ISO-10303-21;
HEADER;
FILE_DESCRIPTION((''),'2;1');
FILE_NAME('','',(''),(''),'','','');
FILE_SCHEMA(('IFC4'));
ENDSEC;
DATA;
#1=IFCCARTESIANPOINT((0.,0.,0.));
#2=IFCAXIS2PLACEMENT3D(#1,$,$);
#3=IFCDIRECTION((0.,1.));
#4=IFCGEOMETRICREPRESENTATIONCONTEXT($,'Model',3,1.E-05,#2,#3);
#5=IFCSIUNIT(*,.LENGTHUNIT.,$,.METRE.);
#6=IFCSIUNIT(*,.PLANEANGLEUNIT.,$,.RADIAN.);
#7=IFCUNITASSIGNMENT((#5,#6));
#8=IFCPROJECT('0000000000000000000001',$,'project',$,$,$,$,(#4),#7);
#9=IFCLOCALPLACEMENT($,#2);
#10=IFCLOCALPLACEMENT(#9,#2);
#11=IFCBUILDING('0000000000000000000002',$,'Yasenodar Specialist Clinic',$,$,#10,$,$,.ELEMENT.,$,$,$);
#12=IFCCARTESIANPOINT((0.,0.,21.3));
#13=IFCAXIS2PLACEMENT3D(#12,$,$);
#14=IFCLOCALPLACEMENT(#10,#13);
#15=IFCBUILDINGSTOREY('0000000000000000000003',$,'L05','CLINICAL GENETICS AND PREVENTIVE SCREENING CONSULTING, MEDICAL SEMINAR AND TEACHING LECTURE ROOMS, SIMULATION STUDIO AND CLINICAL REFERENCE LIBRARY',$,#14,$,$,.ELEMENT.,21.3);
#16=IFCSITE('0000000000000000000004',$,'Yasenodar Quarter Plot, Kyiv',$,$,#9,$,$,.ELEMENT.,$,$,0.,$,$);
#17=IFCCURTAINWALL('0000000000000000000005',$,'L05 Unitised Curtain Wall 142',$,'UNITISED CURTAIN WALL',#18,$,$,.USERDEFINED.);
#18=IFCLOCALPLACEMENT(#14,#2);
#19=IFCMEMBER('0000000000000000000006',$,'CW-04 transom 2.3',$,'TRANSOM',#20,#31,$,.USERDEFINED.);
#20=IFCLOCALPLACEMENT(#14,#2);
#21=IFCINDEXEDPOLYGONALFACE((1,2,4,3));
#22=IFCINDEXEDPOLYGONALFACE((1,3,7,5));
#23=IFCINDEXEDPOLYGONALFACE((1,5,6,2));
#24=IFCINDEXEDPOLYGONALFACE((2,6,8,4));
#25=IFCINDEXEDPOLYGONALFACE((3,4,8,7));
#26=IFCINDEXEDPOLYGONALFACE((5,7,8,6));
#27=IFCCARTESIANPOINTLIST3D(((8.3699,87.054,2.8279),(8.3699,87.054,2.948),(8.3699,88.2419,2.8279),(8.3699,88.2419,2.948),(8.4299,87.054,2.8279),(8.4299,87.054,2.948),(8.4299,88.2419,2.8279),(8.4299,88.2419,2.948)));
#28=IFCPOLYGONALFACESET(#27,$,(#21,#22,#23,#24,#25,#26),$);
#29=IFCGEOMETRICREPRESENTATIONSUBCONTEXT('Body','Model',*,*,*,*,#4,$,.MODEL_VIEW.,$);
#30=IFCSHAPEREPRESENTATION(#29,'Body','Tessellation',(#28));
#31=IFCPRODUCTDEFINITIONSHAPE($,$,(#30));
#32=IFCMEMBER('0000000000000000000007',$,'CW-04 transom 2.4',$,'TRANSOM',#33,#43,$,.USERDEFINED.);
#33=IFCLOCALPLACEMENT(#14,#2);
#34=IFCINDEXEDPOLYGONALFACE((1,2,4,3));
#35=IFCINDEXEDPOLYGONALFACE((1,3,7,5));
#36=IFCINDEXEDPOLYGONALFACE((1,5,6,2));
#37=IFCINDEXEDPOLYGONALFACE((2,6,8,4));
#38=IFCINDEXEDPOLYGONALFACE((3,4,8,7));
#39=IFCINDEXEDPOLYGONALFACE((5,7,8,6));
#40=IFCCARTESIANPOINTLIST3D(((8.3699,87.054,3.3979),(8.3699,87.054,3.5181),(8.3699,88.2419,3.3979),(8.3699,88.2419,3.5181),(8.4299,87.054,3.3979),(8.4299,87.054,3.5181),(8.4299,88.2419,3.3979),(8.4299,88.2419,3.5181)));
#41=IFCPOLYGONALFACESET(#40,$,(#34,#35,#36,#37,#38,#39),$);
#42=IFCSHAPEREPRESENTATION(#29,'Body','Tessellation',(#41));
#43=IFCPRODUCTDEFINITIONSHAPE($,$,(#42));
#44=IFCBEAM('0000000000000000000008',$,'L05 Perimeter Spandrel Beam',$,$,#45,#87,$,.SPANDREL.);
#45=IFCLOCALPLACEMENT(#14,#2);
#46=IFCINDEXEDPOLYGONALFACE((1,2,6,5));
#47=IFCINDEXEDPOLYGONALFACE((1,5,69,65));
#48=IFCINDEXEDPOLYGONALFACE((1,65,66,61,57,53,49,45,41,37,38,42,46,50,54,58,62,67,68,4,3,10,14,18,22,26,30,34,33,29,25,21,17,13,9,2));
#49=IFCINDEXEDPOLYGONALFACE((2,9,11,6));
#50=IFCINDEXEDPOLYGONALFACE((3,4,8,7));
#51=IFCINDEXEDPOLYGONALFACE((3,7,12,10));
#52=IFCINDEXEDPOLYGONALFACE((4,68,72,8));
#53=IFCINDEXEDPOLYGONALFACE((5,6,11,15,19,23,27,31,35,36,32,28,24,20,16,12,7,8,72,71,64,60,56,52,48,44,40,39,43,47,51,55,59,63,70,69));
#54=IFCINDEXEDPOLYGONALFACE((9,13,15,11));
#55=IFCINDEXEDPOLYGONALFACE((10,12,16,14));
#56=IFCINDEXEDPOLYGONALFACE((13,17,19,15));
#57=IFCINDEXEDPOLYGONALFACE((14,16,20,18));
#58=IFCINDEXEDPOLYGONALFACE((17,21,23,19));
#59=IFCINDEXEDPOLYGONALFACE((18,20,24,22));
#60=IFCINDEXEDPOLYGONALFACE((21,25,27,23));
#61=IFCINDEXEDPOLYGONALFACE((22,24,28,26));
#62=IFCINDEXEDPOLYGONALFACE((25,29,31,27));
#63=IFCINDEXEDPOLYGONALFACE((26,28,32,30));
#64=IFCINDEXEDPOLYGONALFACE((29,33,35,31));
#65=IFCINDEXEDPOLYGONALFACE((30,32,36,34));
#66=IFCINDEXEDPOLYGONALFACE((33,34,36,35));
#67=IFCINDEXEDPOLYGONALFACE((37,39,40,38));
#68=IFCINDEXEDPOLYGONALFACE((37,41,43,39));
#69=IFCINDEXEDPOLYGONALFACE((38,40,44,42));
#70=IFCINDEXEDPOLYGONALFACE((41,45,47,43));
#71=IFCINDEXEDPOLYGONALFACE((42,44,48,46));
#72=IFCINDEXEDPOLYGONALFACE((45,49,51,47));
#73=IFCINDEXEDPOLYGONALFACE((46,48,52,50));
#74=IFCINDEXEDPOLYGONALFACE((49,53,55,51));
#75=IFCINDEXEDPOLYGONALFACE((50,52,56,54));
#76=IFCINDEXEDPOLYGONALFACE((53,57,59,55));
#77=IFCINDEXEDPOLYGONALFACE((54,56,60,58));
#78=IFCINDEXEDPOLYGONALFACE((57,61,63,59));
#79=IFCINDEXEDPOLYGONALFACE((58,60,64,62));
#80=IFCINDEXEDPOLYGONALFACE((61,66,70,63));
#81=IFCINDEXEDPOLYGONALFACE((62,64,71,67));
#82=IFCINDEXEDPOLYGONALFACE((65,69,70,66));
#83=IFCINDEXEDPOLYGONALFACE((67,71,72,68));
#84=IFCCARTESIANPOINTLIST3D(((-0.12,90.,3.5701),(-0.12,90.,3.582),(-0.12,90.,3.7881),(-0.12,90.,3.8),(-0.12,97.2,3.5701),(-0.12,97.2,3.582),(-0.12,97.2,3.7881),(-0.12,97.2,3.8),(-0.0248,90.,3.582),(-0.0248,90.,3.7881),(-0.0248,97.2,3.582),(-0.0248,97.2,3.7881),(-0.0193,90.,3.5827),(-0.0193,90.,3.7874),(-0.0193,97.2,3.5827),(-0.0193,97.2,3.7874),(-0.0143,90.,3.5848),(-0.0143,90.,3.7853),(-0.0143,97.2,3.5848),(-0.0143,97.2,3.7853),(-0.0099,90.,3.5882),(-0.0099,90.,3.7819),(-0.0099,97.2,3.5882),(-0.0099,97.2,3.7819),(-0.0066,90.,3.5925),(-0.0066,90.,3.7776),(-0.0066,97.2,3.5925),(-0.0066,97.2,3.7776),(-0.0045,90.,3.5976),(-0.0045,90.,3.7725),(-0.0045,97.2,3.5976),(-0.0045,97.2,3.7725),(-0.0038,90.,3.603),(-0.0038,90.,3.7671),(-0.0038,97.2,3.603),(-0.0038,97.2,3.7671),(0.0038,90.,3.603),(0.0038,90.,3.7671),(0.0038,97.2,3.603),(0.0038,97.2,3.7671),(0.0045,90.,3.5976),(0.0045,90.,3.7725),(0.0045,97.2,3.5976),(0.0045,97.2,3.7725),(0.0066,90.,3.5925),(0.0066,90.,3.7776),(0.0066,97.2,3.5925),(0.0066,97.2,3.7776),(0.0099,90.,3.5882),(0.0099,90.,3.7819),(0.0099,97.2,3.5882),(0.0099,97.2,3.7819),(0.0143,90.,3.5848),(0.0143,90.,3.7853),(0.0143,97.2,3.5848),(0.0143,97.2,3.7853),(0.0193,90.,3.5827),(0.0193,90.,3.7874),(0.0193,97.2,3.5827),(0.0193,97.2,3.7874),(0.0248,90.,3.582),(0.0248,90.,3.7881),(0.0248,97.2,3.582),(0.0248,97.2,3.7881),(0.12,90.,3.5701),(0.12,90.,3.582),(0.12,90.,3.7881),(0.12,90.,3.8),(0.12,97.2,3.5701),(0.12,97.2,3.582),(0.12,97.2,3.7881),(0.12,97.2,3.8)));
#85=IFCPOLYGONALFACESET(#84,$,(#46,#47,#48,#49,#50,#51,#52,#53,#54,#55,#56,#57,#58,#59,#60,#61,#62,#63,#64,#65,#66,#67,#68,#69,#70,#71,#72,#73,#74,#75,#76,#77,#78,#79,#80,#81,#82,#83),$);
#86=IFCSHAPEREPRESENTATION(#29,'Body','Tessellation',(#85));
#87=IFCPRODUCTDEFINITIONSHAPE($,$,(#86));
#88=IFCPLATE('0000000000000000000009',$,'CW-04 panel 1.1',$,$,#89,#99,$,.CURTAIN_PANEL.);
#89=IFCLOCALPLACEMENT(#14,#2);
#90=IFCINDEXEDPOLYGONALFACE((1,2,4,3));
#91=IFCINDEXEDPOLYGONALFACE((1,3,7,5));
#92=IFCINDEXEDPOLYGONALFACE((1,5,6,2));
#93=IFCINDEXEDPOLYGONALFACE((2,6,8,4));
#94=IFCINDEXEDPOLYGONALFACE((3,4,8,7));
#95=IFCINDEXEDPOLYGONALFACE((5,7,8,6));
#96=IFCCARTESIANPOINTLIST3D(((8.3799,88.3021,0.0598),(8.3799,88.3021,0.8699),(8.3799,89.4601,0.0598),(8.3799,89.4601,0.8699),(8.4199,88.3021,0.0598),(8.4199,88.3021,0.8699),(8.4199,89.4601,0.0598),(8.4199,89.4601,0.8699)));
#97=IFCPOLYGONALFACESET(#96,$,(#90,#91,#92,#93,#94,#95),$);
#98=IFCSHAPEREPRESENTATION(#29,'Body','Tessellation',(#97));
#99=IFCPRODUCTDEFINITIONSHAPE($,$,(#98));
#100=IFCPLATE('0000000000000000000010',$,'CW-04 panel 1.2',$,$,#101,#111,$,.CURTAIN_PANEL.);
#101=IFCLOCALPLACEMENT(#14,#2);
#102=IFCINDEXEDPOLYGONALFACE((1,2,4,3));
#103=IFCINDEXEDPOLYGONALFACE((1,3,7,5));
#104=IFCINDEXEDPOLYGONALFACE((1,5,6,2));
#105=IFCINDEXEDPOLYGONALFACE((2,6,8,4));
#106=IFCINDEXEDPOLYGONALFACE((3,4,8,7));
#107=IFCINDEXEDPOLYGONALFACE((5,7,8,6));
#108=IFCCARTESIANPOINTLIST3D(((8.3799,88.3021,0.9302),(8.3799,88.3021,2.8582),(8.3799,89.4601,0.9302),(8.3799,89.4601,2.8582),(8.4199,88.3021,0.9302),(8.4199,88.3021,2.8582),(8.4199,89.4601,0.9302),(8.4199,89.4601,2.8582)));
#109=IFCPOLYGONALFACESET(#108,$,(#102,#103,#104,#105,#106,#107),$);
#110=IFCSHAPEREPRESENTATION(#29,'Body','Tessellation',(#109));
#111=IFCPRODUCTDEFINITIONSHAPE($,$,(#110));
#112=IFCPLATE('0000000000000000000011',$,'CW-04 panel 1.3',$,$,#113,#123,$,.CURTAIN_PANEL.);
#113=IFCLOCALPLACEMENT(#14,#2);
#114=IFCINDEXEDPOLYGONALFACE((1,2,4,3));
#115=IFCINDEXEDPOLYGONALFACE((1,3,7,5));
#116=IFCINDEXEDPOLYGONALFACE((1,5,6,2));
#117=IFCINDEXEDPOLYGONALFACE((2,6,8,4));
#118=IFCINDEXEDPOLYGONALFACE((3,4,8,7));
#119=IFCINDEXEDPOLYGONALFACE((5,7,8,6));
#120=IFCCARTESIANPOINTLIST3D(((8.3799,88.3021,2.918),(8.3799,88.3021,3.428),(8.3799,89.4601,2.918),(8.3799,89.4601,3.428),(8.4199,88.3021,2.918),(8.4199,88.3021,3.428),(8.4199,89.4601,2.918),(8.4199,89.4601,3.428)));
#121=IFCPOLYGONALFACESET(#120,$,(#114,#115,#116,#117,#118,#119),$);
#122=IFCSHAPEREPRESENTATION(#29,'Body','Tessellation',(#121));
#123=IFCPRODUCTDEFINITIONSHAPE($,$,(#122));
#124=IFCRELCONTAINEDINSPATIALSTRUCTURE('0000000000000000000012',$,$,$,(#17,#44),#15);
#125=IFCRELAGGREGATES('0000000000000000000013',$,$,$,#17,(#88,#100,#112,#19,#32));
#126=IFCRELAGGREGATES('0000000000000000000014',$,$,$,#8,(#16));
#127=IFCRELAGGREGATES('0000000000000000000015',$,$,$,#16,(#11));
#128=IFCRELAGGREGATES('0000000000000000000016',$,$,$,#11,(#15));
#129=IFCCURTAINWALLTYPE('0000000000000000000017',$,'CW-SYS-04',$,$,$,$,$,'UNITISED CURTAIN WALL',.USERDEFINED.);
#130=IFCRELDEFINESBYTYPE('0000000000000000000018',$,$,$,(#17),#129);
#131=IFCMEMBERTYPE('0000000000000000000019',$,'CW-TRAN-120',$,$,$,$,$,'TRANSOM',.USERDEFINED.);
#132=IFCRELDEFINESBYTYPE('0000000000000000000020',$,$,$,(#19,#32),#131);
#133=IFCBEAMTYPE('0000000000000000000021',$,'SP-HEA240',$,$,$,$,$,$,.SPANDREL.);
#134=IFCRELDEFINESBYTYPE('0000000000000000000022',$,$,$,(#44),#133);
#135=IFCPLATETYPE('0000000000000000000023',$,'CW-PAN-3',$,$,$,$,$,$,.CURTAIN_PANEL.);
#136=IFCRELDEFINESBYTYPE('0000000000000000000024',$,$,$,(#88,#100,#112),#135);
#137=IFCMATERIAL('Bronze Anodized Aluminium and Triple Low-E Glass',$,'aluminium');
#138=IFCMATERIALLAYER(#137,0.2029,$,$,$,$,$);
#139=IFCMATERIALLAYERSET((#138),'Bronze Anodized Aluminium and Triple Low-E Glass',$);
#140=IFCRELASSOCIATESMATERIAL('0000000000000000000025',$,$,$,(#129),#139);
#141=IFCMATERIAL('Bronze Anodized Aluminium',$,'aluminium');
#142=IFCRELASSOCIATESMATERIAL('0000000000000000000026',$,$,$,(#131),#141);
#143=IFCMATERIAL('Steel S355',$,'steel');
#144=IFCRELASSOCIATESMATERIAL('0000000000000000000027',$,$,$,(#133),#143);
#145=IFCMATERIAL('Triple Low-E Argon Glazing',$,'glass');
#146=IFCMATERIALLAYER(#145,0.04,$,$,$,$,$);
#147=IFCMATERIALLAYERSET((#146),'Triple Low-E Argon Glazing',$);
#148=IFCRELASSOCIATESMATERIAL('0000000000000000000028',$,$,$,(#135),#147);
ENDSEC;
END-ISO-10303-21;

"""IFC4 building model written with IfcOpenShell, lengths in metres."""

from ifc_helpers import new_model, si_unit, direction, frame, origin, origin_2d, place, context, subcontext, project, spatial, rectangle, i_section, extrude, material, layer, layer_set, material_profile, profile_set, type_object, element, aggregate, save


model = new_model("IFC4")

# Units and contexts
model_context = context("Model", 3, precision=1e-05, world=origin(), true_north=direction((0.0, 1.0)))
body_context = subcontext(model_context, "Body", "Model", "MODEL_VIEW")
ifc_project = project(units=[si_unit("LENGTHUNIT", "METRE"), si_unit("PLANEANGLEUNIT", "RADIAN")], contexts=[model_context])

# Site, building, storey
site_placement = place(None, origin())
site = spatial("IfcSite", under=ifc_project, at=site_placement, Name="Yasenodar Quarter Plot, Kyiv", CompositionType="ELEMENT", RefElevation=0.0)
building_placement = place(site_placement, origin())
building = spatial("IfcBuilding", under=site, at=building_placement, Name="Yasenodar Specialist Clinic", CompositionType="ELEMENT")
storey_placement = place(building_placement, frame((0.0, 0.0, 21.3)))
storey = spatial("IfcBuildingStorey", under=building, at=storey_placement, Name="L05", Description="CLINICAL GENETICS AND PREVENTIVE SCREENING CONSULTING, MEDICAL SEMINAR AND TEACHING LECTURE ROOMS, SIMULATION STUDIO AND CLINICAL REFERENCE LIBRARY", CompositionType="ELEMENT", Elevation=21.3)

# Shared definitions
ifc_material_1 = material(Name="Steel S355", Category="steel")

# Curtain wall, members
ifc_material_2 = material(Name="Bronze Anodized Aluminium and Triple Low-E Glass", Category="aluminium")
ifc_layer_1 = layer(ifc_material_2, 0.2029)
ifc_layer_set_1 = layer_set([ifc_layer_1], Name="Bronze Anodized Aluminium and Triple Low-E Glass")
curtain_wall_type = type_object("IfcCurtainWallType", Name="CW-SYS-04", ElementType="UNITISED CURTAIN WALL", PredefinedType="USERDEFINED", material=ifc_layer_set_1)
curtain_wall_placement = place(storey_placement, origin())
curtain_wall = element("IfcCurtainWall", 1, at=curtain_wall_placement, inside=storey, type_object=curtain_wall_type, Name="L05 Unitised Curtain Wall 142", ObjectType="UNITISED CURTAIN WALL", PredefinedType="USERDEFINED")
ifc_material_3 = material(Name="Bronze Anodized Aluminium", Category="aluminium")
ifc_material_profile_1 = material_profile(ifc_material_3, rectangle(XDim=0.0601, YDim=0.1201, at=origin_2d()), Name="CW-TRAN 60x120")
ifc_profile_set_1 = profile_set([ifc_material_profile_1], Name="Bronze Anodized Aluminium")
member_type_1 = type_object("IfcMemberType", Name="CW-TRAN-120", ElementType="TRANSOM", PredefinedType="USERDEFINED", material=ifc_profile_set_1)
member_1_placement = place(storey_placement, frame((8.3999, 88.2419, 2.8879), z_axis=(0.0, -1.0, 0.0), x_axis=(1.0, 0.0, 0.0)))
member_1 = element("IfcMember", 2, at=member_1_placement, type_object=member_type_1, Name="CW-04 transom 2.3", ObjectType="TRANSOM", PredefinedType="USERDEFINED", context=body_context, shape_type="SweptSolid", body=[
    extrude(rectangle(XDim=0.0601, YDim=0.1201, at=origin_2d()), origin(), (0.0, 0.0, 1.0), 1.188),
])
member_2_placement = place(storey_placement, frame((8.3999, 88.2419, 3.458), z_axis=(0.0, -1.0, 0.0), x_axis=(1.0, 0.0, 0.0)))
member_2 = element("IfcMember", 3, at=member_2_placement, type_object=member_type_1, Name="CW-04 transom 2.4", ObjectType="TRANSOM", PredefinedType="USERDEFINED", context=body_context, shape_type="SweptSolid", body=[
    extrude(rectangle(XDim=0.0601, YDim=0.1201, at=origin_2d()), origin(), (0.0, 0.0, 1.0), 1.188),
])

# Beam
ifc_material_profile_2 = material_profile(ifc_material_1, i_section(OverallWidth=0.24, OverallDepth=0.23, WebThickness=0.0076, FlangeThickness=0.012, FilletRadius=0.021, at=origin_2d()), Name="HEA 240")
ifc_profile_set_2 = profile_set([ifc_material_profile_2], Name="Steel S355")
beam_type_1 = type_object("IfcBeamType", Name="SP-HEA240", PredefinedType="SPANDREL", material=ifc_profile_set_2)
beam_1_placement = place(storey_placement, frame((0.0, 90.0, 3.6851), z_axis=(0.0, 1.0, 0.0), x_axis=(-1.0, 0.0, 0.0)))
element("IfcBeam", 4, at=beam_1_placement, inside=storey, type_object=beam_type_1, Name="L05 Perimeter Spandrel Beam", PredefinedType="SPANDREL", context=body_context, shape_type="SweptSolid", body=[
    extrude(i_section(OverallWidth=0.24, OverallDepth=0.23, WebThickness=0.0076, FlangeThickness=0.012, FilletRadius=0.021, at=origin_2d()), origin(), (0.0, 0.0, 1.0), 7.2),
])

# Plates
ifc_material_4 = material(Name="Triple Low-E Argon Glazing", Category="glass")
ifc_layer_2 = layer(ifc_material_4, 0.04)
ifc_layer_set_2 = layer_set([ifc_layer_2], Name="Triple Low-E Argon Glazing")
plate_type = type_object("IfcPlateType", Name="CW-PAN-3", PredefinedType="CURTAIN_PANEL", material=ifc_layer_set_2)
plate_1_placement = place(storey_placement, frame((8.3999, 88.8811, 0.0598), z_axis=(0.0, 0.0, 1.0), x_axis=(0.0, -1.0, 0.0)))
plate_1 = element("IfcPlate", 5, at=plate_1_placement, type_object=plate_type, Name="CW-04 panel 1.1", PredefinedType="CURTAIN_PANEL", context=body_context, shape_type="SweptSolid", body=[
    extrude(rectangle(XDim=1.158, YDim=0.04, at=origin_2d()), origin(), (0.0, 0.0, 1.0), 0.8101),
])
plate_2_placement = place(storey_placement, frame((8.3999, 88.8811, 0.9302), z_axis=(0.0, 0.0, 1.0), x_axis=(0.0, -1.0, 0.0)))
plate_2 = element("IfcPlate", 6, at=plate_2_placement, type_object=plate_type, Name="CW-04 panel 1.2", PredefinedType="CURTAIN_PANEL", context=body_context, shape_type="SweptSolid", body=[
    extrude(rectangle(XDim=1.158, YDim=0.04, at=origin_2d()), origin(), (0.0, 0.0, 1.0), 1.928),
])
plate_3_placement = place(storey_placement, frame((8.3999, 88.8811, 2.918), z_axis=(0.0, 0.0, 1.0), x_axis=(0.0, -1.0, 0.0)))
plate_3 = element("IfcPlate", 7, at=plate_3_placement, type_object=plate_type, Name="CW-04 panel 1.3", PredefinedType="CURTAIN_PANEL", context=body_context, shape_type="SweptSolid", body=[
    extrude(rectangle(XDim=1.158, YDim=0.04, at=origin_2d()), origin(), (0.0, 0.0, 1.0), 0.51),
])
aggregate(curtain_wall, [plate_1, plate_2, plate_3, member_1, member_2])

save(model, "model.ifc")
